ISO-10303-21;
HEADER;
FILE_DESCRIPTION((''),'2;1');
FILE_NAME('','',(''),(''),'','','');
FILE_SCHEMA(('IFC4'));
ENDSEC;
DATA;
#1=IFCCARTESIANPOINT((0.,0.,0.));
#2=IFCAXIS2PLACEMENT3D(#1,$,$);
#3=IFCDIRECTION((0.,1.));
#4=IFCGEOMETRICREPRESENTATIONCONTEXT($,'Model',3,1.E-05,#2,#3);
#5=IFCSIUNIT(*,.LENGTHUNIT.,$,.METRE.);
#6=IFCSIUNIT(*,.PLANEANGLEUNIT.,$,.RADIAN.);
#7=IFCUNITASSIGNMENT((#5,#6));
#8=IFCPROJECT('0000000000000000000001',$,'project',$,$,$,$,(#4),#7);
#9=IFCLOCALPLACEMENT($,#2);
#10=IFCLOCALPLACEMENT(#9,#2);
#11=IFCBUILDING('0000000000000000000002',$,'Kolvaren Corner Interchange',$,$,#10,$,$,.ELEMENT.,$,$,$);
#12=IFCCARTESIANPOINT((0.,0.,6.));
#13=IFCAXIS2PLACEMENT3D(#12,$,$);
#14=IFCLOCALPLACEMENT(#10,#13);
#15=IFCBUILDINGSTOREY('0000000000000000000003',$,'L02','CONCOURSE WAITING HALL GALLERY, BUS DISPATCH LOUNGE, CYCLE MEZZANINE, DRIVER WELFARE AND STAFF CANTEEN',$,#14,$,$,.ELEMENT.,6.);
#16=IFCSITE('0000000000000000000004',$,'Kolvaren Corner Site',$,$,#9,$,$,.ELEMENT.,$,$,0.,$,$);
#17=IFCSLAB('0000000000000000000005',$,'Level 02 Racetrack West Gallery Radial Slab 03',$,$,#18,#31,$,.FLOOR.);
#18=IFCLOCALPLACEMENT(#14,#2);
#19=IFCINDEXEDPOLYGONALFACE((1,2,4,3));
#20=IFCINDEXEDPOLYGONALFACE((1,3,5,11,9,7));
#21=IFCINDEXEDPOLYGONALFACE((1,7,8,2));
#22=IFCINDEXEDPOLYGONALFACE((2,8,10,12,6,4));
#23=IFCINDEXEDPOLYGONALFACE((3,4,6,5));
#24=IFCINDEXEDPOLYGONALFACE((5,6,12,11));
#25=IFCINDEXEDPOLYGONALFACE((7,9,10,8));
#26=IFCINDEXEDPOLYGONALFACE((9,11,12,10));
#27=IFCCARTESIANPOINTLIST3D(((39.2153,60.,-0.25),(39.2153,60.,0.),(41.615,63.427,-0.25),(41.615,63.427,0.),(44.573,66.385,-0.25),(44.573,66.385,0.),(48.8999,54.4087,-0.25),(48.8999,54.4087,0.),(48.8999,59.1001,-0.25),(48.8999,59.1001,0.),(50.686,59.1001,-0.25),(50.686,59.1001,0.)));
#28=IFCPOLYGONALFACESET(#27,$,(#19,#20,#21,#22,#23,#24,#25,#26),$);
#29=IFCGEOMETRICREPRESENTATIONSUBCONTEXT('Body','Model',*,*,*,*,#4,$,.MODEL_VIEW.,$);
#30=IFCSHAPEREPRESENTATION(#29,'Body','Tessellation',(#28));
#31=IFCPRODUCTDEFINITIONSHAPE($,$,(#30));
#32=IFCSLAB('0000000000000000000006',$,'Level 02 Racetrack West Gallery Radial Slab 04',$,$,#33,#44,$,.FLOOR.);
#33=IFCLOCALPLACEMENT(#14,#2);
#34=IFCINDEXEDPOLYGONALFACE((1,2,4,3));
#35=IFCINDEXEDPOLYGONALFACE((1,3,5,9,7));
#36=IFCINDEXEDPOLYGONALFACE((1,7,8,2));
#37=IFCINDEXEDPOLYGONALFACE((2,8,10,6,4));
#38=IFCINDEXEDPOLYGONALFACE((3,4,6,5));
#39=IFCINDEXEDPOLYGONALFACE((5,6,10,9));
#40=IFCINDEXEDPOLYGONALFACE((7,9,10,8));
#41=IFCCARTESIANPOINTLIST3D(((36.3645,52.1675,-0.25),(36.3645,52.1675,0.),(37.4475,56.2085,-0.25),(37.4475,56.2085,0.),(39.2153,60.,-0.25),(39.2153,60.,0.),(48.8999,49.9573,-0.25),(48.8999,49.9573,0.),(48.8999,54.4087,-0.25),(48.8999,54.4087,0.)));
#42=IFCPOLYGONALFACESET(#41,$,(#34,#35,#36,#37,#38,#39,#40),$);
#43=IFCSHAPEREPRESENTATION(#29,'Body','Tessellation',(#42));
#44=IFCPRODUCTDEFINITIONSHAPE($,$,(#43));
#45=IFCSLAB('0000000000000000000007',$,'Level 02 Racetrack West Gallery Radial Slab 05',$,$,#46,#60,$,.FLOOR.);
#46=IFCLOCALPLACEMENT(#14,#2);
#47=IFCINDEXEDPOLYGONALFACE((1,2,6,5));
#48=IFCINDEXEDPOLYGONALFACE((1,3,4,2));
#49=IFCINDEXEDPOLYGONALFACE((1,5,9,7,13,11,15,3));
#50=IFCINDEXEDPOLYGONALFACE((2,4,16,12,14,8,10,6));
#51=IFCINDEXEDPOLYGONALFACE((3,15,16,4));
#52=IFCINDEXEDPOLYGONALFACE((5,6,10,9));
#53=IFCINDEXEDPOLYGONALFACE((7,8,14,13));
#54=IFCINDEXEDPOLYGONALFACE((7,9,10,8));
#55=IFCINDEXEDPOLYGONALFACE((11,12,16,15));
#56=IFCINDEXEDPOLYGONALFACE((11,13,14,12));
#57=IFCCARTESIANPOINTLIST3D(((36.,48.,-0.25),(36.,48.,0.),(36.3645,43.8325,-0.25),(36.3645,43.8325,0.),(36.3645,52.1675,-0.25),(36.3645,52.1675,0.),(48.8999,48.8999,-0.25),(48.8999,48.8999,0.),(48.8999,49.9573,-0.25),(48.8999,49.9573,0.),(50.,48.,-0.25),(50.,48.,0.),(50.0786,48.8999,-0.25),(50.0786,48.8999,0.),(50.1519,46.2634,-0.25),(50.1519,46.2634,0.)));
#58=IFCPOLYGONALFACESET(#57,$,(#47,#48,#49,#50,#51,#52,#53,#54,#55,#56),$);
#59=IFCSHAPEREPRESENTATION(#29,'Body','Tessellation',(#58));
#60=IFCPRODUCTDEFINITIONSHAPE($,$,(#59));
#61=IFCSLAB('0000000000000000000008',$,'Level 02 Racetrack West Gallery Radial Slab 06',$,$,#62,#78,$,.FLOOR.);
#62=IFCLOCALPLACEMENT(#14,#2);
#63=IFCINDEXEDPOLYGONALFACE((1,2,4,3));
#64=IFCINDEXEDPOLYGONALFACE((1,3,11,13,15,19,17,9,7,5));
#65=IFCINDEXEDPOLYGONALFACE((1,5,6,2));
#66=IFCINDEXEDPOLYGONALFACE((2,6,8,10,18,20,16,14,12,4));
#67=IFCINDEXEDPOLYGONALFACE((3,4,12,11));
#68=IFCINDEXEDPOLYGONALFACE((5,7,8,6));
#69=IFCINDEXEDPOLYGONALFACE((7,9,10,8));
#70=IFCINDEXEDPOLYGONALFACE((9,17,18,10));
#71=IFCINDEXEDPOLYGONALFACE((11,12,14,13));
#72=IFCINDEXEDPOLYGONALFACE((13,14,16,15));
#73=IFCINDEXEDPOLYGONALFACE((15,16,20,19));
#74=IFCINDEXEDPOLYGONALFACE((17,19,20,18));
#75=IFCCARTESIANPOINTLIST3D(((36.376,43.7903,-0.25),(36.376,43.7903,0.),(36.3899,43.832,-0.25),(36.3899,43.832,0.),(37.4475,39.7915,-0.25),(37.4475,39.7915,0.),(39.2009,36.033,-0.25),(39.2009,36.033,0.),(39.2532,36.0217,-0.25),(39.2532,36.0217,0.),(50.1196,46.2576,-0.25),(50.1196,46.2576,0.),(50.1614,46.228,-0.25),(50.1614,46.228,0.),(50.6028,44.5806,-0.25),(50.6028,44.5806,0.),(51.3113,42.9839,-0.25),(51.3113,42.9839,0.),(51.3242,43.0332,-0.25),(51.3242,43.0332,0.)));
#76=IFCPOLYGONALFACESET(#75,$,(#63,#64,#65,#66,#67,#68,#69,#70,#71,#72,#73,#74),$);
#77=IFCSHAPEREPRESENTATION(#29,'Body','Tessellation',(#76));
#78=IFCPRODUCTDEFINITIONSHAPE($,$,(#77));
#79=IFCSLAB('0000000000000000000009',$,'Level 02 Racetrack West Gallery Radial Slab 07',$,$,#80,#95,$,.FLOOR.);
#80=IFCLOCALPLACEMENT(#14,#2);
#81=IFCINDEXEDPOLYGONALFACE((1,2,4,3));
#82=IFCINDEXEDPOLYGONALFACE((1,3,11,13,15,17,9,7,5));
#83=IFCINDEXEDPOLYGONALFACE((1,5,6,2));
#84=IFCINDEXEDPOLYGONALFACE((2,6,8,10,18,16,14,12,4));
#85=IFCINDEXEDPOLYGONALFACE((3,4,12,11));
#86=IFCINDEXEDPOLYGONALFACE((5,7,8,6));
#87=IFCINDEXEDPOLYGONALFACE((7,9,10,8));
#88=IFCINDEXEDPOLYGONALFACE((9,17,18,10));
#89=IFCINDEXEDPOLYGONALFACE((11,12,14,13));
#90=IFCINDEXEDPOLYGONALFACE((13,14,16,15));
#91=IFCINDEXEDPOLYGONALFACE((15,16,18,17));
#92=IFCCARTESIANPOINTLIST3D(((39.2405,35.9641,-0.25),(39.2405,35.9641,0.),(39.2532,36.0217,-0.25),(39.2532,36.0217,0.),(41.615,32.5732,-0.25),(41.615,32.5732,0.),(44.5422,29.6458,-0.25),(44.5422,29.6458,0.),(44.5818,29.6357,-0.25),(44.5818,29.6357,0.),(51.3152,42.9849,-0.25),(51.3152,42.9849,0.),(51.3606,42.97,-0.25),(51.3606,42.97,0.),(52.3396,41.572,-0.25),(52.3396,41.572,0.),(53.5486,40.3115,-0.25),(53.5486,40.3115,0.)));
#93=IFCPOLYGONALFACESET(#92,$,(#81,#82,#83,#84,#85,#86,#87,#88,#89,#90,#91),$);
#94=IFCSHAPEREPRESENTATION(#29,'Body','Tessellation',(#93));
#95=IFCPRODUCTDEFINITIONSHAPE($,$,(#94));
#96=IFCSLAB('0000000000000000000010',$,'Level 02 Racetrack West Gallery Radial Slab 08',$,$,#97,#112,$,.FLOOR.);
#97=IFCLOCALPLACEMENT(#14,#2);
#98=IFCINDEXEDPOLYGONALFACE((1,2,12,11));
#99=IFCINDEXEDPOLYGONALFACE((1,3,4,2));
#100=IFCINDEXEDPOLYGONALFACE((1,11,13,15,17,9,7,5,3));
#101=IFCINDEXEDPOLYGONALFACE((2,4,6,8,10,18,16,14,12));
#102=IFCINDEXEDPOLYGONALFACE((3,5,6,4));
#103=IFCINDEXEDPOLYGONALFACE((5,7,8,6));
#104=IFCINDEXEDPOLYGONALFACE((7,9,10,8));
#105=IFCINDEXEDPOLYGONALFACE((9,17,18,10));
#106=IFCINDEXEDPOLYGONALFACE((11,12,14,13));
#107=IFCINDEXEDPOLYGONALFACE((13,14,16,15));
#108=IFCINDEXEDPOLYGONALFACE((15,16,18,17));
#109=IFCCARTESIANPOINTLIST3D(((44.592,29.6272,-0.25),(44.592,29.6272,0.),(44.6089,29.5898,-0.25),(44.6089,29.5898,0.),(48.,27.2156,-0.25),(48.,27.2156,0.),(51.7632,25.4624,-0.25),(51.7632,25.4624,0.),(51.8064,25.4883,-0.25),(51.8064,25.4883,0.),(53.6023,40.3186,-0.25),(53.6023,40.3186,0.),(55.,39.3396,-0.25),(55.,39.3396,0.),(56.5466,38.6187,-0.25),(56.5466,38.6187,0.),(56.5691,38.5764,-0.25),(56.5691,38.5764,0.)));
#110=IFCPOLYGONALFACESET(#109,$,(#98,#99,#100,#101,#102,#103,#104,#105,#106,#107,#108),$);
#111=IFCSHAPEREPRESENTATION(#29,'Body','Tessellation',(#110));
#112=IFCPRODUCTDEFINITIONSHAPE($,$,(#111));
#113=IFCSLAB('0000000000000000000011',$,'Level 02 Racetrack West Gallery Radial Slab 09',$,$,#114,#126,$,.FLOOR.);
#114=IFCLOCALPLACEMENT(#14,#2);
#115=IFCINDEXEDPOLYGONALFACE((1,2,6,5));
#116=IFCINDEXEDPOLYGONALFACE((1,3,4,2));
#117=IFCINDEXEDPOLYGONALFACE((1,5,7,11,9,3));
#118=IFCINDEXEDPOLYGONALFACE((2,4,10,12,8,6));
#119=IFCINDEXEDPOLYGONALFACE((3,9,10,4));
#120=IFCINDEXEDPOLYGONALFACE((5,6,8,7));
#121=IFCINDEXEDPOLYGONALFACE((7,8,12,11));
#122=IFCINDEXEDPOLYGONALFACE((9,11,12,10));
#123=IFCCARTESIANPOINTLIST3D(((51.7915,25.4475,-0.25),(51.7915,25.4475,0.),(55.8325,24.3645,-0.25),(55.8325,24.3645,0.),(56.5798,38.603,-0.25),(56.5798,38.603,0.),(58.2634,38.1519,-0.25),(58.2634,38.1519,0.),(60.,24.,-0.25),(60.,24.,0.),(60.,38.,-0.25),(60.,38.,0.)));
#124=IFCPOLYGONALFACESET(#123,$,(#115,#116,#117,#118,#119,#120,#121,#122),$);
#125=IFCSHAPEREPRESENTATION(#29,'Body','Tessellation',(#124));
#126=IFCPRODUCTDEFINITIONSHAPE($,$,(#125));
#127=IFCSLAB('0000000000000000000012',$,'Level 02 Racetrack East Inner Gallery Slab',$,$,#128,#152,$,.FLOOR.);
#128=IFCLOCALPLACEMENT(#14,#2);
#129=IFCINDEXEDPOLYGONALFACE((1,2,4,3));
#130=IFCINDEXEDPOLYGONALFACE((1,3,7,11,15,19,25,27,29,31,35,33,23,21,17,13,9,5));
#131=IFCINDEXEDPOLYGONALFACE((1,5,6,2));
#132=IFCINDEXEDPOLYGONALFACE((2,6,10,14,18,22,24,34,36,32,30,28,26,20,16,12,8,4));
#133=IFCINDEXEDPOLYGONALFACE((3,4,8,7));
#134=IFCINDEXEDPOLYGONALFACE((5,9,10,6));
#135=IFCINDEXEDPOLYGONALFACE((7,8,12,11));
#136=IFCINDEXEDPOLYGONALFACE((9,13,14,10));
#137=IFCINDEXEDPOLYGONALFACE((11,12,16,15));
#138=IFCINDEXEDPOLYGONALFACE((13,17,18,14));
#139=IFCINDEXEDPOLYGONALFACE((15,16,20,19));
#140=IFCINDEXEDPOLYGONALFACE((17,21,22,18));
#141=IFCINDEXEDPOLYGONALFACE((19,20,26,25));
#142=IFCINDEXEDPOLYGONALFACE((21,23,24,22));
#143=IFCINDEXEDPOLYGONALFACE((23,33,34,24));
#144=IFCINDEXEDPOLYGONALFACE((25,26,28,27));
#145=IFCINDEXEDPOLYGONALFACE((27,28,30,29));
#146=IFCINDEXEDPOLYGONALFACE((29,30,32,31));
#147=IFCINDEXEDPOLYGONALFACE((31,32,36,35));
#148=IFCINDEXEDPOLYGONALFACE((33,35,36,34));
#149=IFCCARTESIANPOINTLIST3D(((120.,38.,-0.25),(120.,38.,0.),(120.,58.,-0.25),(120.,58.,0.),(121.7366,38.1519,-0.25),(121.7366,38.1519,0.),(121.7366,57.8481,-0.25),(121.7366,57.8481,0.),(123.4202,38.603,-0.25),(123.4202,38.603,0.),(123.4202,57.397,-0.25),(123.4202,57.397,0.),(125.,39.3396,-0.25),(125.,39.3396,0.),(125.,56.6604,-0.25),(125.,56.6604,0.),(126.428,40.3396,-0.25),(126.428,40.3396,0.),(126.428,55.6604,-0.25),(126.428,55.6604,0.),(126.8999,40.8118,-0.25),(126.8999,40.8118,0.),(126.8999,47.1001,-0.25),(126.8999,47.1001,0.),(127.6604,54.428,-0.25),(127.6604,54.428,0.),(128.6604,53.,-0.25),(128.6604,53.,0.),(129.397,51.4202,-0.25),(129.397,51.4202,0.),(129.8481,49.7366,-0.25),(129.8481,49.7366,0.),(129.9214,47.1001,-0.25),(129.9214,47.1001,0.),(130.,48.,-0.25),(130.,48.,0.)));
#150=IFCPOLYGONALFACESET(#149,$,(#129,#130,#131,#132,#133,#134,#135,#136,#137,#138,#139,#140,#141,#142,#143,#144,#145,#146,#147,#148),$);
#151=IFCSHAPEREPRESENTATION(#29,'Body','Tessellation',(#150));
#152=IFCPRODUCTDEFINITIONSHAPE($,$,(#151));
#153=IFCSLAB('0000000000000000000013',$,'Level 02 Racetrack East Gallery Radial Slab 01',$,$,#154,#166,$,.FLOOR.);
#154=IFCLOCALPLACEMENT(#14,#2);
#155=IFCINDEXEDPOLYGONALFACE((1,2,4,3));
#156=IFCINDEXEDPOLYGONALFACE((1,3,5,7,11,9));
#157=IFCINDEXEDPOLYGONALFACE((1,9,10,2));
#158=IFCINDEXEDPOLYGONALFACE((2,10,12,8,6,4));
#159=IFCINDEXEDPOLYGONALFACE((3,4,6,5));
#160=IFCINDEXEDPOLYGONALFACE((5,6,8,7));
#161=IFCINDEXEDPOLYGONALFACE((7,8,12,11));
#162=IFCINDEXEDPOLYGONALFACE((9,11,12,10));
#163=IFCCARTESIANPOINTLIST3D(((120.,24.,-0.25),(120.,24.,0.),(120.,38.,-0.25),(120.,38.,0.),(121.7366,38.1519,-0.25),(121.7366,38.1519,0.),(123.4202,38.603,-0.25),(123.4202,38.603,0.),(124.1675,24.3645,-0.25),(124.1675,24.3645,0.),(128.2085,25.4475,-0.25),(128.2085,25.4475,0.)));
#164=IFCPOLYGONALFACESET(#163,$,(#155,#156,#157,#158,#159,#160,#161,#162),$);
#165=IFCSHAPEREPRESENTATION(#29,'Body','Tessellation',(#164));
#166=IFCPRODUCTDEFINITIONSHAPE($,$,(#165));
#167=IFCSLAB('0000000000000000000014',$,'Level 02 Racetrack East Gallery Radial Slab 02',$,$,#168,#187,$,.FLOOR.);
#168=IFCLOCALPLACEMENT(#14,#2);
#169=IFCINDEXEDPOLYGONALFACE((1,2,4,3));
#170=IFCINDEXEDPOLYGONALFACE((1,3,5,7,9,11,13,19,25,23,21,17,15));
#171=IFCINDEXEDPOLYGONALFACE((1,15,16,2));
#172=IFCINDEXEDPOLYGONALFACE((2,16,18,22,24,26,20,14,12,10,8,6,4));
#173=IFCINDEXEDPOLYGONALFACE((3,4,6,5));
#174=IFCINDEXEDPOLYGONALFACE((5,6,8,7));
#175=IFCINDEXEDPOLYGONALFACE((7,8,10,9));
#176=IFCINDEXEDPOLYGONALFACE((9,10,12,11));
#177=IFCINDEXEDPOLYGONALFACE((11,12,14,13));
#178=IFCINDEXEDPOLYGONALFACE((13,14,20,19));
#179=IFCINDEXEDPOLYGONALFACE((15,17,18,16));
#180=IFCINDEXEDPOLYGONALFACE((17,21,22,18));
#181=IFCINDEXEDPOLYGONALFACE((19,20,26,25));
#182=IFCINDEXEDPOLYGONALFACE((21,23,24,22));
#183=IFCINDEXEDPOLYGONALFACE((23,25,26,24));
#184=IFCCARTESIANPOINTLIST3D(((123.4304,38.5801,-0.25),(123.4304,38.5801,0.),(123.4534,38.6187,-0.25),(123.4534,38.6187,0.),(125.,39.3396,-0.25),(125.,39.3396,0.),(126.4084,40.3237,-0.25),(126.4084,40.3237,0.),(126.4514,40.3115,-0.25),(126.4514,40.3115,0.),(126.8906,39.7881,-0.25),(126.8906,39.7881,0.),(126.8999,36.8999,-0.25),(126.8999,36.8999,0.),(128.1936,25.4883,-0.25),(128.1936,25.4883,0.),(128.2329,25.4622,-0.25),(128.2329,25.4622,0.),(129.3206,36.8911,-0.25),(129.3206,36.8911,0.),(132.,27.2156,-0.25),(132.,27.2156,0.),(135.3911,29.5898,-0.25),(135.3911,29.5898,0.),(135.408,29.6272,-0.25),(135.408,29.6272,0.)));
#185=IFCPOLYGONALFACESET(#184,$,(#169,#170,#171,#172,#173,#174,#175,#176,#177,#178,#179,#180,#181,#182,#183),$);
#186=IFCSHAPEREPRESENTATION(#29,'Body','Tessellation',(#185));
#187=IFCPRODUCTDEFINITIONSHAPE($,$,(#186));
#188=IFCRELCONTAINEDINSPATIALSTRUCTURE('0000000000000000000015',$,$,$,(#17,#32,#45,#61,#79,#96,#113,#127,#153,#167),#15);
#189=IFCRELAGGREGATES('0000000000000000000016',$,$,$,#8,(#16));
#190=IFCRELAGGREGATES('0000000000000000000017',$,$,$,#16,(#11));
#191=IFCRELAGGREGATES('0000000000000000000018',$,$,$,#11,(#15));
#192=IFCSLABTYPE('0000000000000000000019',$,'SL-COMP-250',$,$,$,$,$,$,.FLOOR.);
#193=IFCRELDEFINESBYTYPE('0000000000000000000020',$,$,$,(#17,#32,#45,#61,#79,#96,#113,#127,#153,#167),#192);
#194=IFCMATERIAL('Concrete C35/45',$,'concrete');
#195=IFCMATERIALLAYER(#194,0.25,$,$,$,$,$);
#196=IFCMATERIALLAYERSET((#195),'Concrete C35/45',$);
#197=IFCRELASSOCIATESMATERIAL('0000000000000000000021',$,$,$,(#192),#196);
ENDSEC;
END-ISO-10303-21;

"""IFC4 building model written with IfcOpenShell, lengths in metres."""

from ifc_helpers import new_model, si_unit, direction, frame, origin, place, context, subcontext, project, spatial, polyline, outline, extrude, material, layer, layer_set, type_object, element, save


model = new_model("IFC4")

# Units and contexts
model_context = context("Model", 3, precision=1e-05, world=origin(), true_north=direction((0.0, 1.0)))
body_context = subcontext(model_context, "Body", "Model", "MODEL_VIEW")
ifc_project = project(units=[si_unit("LENGTHUNIT", "METRE"), si_unit("PLANEANGLEUNIT", "RADIAN")], contexts=[model_context])

# Site, building, storey
site_placement = place(None, origin())
site = spatial("IfcSite", under=ifc_project, at=site_placement, Name="Kolvaren Corner Site", CompositionType="ELEMENT", RefElevation=0.0)
building_placement = place(site_placement, origin())
building = spatial("IfcBuilding", under=site, at=building_placement, Name="Kolvaren Corner Interchange", CompositionType="ELEMENT")
storey_placement = place(building_placement, frame((0.0, 0.0, 6.0)))
storey = spatial("IfcBuildingStorey", under=building, at=storey_placement, Name="L02", Description="CONCOURSE WAITING HALL GALLERY, BUS DISPATCH LOUNGE, CYCLE MEZZANINE, DRIVER WELFARE AND STAFF CANTEEN", CompositionType="ELEMENT", Elevation=6.0)

# Slabs
ifc_material_1 = material(Name="Concrete C35/45", Category="concrete")
ifc_layer_1 = layer(ifc_material_1, 0.25)
ifc_layer_set_1 = layer_set([ifc_layer_1], Name="Concrete C35/45")
slab_type_1 = type_object("IfcSlabType", Name="SL-COMP-250", PredefinedType="FLOOR", material=ifc_layer_set_1)
slab_1_placement = place(storey_placement, frame((0.0, 0.0, -0.25)))
element("IfcSlab", 1, at=slab_1_placement, inside=storey, type_object=slab_type_1, Name="Level 02 Racetrack West Gallery Radial Slab 03", PredefinedType="FLOOR", context=body_context, shape_type="SweptSolid", body=[
    extrude(outline(polyline([(50.686, 59.1001), (44.573, 66.385), (41.615, 63.427), (39.2153, 60.0), (48.8999, 54.4087), (48.8999, 59.1001), (50.686, 59.1001)])), origin(), (0.0, 0.0, 1.0), 0.25),
])
slab_2_placement = place(storey_placement, frame((0.0, 0.0, -0.25)))
element("IfcSlab", 2, at=slab_2_placement, inside=storey, type_object=slab_type_1, Name="Level 02 Racetrack West Gallery Radial Slab 04", PredefinedType="FLOOR", context=body_context, shape_type="SweptSolid", body=[
    extrude(outline(polyline([(36.3645, 52.1675), (48.8999, 49.9573), (48.8999, 54.4087), (39.2153, 60.0), (37.4475, 56.2085), (36.3645, 52.1675)])), origin(), (0.0, 0.0, 1.0), 0.25),
])
slab_3_placement = place(storey_placement, frame((0.0, 0.0, -0.25)))
element("IfcSlab", 3, at=slab_3_placement, inside=storey, type_object=slab_type_1, Name="Level 02 Racetrack West Gallery Radial Slab 05", PredefinedType="FLOOR", context=body_context, shape_type="SweptSolid", body=[
    extrude(outline(polyline([(36.3645, 43.8325), (50.1519, 46.2634), (50.0, 48.0), (50.0786, 48.8999), (48.8999, 48.8999), (48.8999, 49.9573), (36.3645, 52.1675), (36.0, 48.0), (36.3645, 43.8325)])), origin(), (0.0, 0.0, 1.0), 0.25),
])
slab_4_placement = place(storey_placement, frame((0.0, 0.0, -0.25)))
element("IfcSlab", 4, at=slab_4_placement, inside=storey, type_object=slab_type_1, Name="Level 02 Racetrack West Gallery Radial Slab 06", PredefinedType="FLOOR", context=body_context, shape_type="SweptSolid", body=[
    extrude(outline(polyline([(50.6028, 44.5806), (50.1614, 46.228), (50.1196, 46.2576), (36.3899, 43.832), (36.376, 43.7903), (37.4475, 39.7915), (39.2009, 36.033), (39.2532, 36.0217), (51.3113, 42.9839), (51.3242, 43.0332), (50.6028, 44.5806)])), origin(), (0.0, 0.0, 1.0), 0.25),
])
slab_5_placement = place(storey_placement, frame((0.0, 0.0, -0.25)))
element("IfcSlab", 5, at=slab_5_placement, inside=storey, type_object=slab_type_1, Name="Level 02 Racetrack West Gallery Radial Slab 07", PredefinedType="FLOOR", context=body_context, shape_type="SweptSolid", body=[
    extrude(outline(polyline([(39.2405, 35.9641), (41.615, 32.5732), (44.5422, 29.6458), (44.5818, 29.6357), (53.5486, 40.3115), (52.3396, 41.572), (51.3606, 42.97), (51.3152, 42.9849), (39.2532, 36.0217), (39.2405, 35.9641)])), origin(), (0.0, 0.0, 1.0), 0.25),
])
slab_6_placement = place(storey_placement, frame((0.0, 0.0, -0.25)))
element("IfcSlab", 6, at=slab_6_placement, inside=storey, type_object=slab_type_1, Name="Level 02 Racetrack West Gallery Radial Slab 08", PredefinedType="FLOOR", context=body_context, shape_type="SweptSolid", body=[
    extrude(outline(polyline([(44.592, 29.6272), (44.6089, 29.5898), (48.0, 27.2156), (51.7632, 25.4624), (51.8064, 25.4883), (56.5691, 38.5764), (56.5466, 38.6187), (55.0, 39.3396), (53.6023, 40.3186), (44.592, 29.6272)])), origin(), (0.0, 0.0, 1.0), 0.25),
])
slab_7_placement = place(storey_placement, frame((0.0, 0.0, -0.25)))
element("IfcSlab", 7, at=slab_7_placement, inside=storey, type_object=slab_type_1, Name="Level 02 Racetrack West Gallery Radial Slab 09", PredefinedType="FLOOR", context=body_context, shape_type="SweptSolid", body=[
    extrude(outline(polyline([(56.5798, 38.603), (51.7915, 25.4475), (55.8325, 24.3645), (60.0, 24.0), (60.0, 38.0), (58.2634, 38.1519), (56.5798, 38.603)])), origin(), (0.0, 0.0, 1.0), 0.25),
])
slab_8_placement = place(storey_placement, frame((0.0, 0.0, -0.25)))
element("IfcSlab", 8, at=slab_8_placement, inside=storey, type_object=slab_type_1, Name="Level 02 Racetrack East Inner Gallery Slab", PredefinedType="FLOOR", context=body_context, shape_type="SweptSolid", body=[
    extrude(outline(polyline([(120.0, 38.0), (121.7366, 38.1519), (123.4202, 38.603), (125.0, 39.3396), (126.428, 40.3396), (126.8999, 40.8118), (126.8999, 47.1001), (129.9214, 47.1001), (130.0, 48.0), (129.8481, 49.7366), (129.397, 51.4202), (128.6604, 53.0), (127.6604, 54.428), (126.428, 55.6604), (125.0, 56.6604), (123.4202, 57.397), (121.7366, 57.8481), (120.0, 58.0), (120.0, 38.0)])), origin(), (0.0, 0.0, 1.0), 0.25),
])
slab_9_placement = place(storey_placement, frame((0.0, 0.0, -0.25)))
element("IfcSlab", 9, at=slab_9_placement, inside=storey, type_object=slab_type_1, Name="Level 02 Racetrack East Gallery Radial Slab 01", PredefinedType="FLOOR", context=body_context, shape_type="SweptSolid", body=[
    extrude(outline(polyline([(120.0, 38.0), (120.0, 24.0), (124.1675, 24.3645), (128.2085, 25.4475), (123.4202, 38.603), (121.7366, 38.1519), (120.0, 38.0)])), origin(), (0.0, 0.0, 1.0), 0.25),
])
slab_10_placement = place(storey_placement, frame((0.0, 0.0, -0.25)))
element("IfcSlab", 10, at=slab_10_placement, inside=storey, type_object=slab_type_1, Name="Level 02 Racetrack East Gallery Radial Slab 02", PredefinedType="FLOOR", context=body_context, shape_type="SweptSolid", body=[
    extrude(outline(polyline([(126.8906, 39.7881), (126.4514, 40.3115), (126.4084, 40.3237), (125.0, 39.3396), (123.4534, 38.6187), (123.4304, 38.5801), (128.1936, 25.4883), (128.2329, 25.4622), (132.0, 27.2156), (135.3911, 29.5898), (135.408, 29.6272), (129.3206, 36.8911), (126.8999, 36.8999), (126.8906, 39.7881)])), origin(), (0.0, 0.0, 1.0), 0.25),
])

save(model, "model.ifc")
